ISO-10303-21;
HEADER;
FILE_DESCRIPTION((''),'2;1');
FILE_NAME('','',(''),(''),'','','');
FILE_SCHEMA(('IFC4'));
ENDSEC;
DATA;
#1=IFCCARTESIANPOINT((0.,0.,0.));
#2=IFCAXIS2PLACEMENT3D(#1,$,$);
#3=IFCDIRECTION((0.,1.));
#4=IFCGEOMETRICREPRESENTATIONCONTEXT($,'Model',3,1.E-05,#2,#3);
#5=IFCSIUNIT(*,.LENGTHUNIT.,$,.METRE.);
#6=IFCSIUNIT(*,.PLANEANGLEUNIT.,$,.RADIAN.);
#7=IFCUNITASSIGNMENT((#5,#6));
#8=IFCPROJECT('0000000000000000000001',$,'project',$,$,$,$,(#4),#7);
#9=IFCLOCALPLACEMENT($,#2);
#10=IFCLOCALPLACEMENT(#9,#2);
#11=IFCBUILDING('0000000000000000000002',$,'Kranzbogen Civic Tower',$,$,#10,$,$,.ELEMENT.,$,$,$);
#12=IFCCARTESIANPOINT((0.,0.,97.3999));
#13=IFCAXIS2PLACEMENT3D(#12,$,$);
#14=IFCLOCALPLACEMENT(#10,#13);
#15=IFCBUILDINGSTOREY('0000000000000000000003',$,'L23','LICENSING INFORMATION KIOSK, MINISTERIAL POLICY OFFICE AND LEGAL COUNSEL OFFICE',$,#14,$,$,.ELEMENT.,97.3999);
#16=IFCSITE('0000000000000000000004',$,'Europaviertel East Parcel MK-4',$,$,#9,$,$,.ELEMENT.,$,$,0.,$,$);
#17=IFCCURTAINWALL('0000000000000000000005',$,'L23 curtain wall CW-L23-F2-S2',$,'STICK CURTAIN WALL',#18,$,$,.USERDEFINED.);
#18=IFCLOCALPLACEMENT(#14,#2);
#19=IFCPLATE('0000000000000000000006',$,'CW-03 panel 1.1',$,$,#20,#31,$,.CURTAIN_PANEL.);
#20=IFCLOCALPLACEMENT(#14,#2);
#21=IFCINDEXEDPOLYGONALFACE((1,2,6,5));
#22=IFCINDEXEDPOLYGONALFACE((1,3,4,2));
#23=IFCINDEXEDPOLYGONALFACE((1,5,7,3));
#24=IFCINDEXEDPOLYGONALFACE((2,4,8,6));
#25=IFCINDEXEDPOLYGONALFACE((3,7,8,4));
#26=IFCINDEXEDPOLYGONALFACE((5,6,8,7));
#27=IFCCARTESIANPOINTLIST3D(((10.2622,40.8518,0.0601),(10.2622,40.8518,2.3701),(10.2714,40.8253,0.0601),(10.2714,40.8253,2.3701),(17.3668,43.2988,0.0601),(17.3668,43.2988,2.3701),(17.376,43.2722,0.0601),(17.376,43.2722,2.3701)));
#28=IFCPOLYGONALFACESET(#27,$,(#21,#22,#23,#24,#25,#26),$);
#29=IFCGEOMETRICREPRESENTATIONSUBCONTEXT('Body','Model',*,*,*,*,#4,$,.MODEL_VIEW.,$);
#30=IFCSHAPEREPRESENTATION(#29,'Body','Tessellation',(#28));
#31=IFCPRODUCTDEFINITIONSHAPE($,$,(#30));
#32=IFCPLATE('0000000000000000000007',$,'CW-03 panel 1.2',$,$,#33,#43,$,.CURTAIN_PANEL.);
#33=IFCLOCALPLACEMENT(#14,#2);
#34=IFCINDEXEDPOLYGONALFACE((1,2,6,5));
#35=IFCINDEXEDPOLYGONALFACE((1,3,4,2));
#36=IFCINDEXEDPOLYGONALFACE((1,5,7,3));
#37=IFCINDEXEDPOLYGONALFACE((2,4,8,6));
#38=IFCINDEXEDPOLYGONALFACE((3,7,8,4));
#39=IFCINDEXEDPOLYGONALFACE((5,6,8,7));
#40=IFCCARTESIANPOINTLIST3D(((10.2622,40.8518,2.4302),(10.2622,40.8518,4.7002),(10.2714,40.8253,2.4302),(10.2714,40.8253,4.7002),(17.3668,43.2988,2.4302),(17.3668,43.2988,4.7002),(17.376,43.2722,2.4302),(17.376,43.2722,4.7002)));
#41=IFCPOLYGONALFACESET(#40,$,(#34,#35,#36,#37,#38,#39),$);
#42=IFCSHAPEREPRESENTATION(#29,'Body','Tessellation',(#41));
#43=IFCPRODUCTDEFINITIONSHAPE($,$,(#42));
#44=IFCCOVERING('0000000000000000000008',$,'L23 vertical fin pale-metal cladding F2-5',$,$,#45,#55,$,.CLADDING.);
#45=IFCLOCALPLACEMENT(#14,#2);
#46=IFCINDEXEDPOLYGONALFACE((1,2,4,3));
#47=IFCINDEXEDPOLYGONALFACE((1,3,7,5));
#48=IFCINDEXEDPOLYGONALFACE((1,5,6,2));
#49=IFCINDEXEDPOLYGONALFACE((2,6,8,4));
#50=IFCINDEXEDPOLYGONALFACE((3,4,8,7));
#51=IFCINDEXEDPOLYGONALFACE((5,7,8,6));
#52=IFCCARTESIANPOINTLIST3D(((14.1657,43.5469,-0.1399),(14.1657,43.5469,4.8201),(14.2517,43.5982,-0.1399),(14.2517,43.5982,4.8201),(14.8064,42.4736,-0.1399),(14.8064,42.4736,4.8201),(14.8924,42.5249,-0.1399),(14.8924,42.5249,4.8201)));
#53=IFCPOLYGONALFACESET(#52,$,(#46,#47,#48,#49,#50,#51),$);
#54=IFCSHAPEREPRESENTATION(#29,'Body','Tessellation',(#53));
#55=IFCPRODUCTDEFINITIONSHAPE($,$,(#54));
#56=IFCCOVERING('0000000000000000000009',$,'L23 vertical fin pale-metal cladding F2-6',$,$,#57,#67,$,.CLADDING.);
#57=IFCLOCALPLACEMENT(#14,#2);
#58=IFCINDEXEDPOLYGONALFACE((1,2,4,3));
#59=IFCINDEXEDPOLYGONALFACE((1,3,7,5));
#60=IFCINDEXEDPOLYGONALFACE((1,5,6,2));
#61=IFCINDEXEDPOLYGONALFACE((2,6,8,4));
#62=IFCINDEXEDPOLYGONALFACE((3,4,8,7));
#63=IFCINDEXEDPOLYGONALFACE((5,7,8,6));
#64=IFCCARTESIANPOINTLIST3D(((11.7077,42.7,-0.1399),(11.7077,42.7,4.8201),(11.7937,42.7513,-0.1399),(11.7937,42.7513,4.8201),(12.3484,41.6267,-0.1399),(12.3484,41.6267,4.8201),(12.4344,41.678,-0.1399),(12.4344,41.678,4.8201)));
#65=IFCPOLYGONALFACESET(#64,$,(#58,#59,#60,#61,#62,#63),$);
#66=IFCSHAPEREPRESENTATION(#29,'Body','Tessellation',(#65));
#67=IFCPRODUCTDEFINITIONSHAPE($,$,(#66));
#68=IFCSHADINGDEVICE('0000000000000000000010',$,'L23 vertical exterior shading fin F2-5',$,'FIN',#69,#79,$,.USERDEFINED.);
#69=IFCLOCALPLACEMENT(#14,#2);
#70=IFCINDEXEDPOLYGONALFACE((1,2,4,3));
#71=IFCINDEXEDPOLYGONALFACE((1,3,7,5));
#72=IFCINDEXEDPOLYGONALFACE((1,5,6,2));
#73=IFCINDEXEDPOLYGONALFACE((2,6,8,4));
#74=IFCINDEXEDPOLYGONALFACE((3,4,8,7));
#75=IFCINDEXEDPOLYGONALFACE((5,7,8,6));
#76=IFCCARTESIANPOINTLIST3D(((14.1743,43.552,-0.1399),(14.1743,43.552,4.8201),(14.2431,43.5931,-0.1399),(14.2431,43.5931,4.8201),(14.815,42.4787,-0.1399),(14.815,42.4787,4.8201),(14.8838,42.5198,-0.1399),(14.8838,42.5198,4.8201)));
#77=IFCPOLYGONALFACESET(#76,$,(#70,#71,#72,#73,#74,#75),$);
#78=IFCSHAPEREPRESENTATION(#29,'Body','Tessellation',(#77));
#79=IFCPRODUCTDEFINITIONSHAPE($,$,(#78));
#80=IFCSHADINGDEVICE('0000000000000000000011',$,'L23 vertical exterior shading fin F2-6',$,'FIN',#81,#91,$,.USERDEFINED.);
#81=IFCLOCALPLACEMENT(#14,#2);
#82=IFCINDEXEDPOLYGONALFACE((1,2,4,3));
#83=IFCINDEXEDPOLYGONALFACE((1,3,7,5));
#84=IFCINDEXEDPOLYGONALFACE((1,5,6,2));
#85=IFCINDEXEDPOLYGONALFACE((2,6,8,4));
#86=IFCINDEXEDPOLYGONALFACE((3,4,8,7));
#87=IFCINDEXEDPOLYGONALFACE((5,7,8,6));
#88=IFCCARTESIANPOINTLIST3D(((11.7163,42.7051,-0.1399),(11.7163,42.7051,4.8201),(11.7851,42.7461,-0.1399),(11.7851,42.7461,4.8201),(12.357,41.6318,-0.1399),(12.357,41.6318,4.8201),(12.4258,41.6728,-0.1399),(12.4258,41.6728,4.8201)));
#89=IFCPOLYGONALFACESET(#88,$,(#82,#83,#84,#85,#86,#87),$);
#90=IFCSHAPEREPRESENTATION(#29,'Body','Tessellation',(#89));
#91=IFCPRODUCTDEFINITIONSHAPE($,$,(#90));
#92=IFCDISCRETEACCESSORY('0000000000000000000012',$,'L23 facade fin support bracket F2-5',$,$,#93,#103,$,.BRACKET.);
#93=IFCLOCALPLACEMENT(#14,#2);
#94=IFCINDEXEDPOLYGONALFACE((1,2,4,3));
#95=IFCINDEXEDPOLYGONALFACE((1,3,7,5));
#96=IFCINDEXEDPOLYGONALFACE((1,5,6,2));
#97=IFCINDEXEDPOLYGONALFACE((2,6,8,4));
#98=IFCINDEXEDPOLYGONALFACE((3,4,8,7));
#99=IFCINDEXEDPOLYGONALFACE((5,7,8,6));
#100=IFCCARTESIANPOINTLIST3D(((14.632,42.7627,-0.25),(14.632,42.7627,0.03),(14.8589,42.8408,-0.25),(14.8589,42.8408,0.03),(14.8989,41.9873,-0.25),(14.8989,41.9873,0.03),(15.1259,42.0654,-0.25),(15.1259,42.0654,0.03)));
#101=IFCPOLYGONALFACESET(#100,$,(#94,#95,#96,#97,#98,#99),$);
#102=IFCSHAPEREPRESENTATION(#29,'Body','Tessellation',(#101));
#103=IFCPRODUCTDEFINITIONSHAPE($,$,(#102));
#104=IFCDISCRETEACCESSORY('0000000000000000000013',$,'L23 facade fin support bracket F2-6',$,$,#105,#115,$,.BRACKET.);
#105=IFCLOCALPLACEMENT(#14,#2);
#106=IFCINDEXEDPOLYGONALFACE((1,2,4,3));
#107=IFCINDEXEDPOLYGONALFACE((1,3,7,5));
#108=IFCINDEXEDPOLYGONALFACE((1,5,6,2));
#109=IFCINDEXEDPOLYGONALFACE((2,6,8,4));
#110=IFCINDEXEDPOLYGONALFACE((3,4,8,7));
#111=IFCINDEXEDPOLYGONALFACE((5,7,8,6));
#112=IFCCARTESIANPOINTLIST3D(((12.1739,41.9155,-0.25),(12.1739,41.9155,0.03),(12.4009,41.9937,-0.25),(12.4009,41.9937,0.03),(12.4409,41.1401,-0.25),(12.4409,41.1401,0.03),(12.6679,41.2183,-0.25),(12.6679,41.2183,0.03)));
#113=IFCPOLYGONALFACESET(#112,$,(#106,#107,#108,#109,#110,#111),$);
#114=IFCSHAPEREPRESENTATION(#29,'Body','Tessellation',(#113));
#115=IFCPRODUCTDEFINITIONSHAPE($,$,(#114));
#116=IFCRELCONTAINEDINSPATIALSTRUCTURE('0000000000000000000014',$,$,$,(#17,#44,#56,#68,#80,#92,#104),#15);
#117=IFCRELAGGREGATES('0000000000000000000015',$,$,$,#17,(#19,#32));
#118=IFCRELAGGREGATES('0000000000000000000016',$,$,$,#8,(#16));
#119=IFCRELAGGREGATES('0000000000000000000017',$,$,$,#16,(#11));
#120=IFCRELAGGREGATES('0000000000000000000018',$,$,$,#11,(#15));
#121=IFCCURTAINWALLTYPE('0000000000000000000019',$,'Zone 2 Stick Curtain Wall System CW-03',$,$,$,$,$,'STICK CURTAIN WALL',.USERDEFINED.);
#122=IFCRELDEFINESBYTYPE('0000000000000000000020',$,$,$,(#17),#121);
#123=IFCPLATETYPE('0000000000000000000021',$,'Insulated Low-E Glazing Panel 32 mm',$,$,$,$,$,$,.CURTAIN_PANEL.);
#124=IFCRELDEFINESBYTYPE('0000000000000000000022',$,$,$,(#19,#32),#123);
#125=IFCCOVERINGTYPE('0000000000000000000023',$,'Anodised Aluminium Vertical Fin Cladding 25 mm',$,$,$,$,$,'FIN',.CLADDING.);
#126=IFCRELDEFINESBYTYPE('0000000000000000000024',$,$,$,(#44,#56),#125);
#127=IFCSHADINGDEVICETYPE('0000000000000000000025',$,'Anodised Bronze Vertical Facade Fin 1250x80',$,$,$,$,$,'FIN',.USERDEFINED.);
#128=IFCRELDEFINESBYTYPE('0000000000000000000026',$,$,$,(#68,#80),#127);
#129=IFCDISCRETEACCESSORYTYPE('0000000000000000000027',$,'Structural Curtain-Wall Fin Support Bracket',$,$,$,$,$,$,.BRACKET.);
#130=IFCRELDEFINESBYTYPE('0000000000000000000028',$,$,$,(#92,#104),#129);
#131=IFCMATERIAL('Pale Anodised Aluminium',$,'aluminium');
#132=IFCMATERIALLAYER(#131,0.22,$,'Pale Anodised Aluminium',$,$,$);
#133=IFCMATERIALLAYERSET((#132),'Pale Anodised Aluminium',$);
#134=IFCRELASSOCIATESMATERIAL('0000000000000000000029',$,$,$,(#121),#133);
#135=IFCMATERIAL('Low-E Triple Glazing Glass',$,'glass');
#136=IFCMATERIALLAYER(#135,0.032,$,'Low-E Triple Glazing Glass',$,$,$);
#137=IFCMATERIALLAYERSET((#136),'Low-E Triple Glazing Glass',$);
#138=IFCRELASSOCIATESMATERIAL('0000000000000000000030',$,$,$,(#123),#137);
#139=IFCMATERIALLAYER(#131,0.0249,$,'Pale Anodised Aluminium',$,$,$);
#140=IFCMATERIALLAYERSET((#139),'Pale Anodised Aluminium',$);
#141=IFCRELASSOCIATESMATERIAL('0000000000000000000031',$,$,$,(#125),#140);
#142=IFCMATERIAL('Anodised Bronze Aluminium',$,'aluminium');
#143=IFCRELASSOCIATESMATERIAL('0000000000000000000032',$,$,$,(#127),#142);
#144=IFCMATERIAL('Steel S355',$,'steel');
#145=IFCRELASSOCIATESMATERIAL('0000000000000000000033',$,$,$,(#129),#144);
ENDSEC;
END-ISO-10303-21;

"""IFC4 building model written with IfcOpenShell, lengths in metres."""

from ifc_helpers import new_model, si_unit, direction, frame, origin, origin_2d, place, context, subcontext, project, spatial, rectangle, extrude, material, layer, layer_set, type_object, element, aggregate, save


model = new_model("IFC4")

# Units and contexts
model_context = context("Model", 3, precision=1e-05, world=origin(), true_north=direction((0.0, 1.0)))
body_context = subcontext(model_context, "Body", "Model", "MODEL_VIEW")
ifc_project = project(units=[si_unit("LENGTHUNIT", "METRE"), si_unit("PLANEANGLEUNIT", "RADIAN")], contexts=[model_context])

# Site, building, storey
site_placement = place(None, origin())
site = spatial("IfcSite", under=ifc_project, at=site_placement, Name="Europaviertel East Parcel MK-4", CompositionType="ELEMENT", RefElevation=0.0)
building_placement = place(site_placement, origin())
building = spatial("IfcBuilding", under=site, at=building_placement, Name="Kranzbogen Civic Tower", CompositionType="ELEMENT")
storey_placement = place(building_placement, frame((0.0, 0.0, 97.3999)))
storey = spatial("IfcBuildingStorey", under=building, at=storey_placement, Name="L23", Description="LICENSING INFORMATION KIOSK, MINISTERIAL POLICY OFFICE AND LEGAL COUNSEL OFFICE", CompositionType="ELEMENT", Elevation=97.3999)

# Curtain wall
ifc_material_1 = material(Name="Pale Anodised Aluminium", Category="aluminium")
ifc_layer_1 = layer(ifc_material_1, 0.22, Name="Pale Anodised Aluminium")
ifc_layer_set_1 = layer_set([ifc_layer_1], Name="Pale Anodised Aluminium")
curtain_wall_type_1 = type_object("IfcCurtainWallType", Name="Zone 2 Stick Curtain Wall System CW-03", ElementType="STICK CURTAIN WALL", PredefinedType="USERDEFINED", material=ifc_layer_set_1)
curtain_wall_1_placement = place(storey_placement, origin())
curtain_wall_1 = element("IfcCurtainWall", 1, at=curtain_wall_1_placement, inside=storey, type_object=curtain_wall_type_1, Name="L23 curtain wall CW-L23-F2-S2", ObjectType="STICK CURTAIN WALL", PredefinedType="USERDEFINED")

# Shared definitions
ifc_material_2 = material(Name="Steel S355", Category="steel")

# Plates
ifc_material_3 = material(Name="Low-E Triple Glazing Glass", Category="glass")
ifc_layer_2 = layer(ifc_material_3, 0.032, Name="Low-E Triple Glazing Glass")
ifc_layer_set_2 = layer_set([ifc_layer_2], Name="Low-E Triple Glazing Glass")
plate_type_1 = type_object("IfcPlateType", Name="Insulated Low-E Glazing Panel 32 mm", PredefinedType="CURTAIN_PANEL", material=ifc_layer_set_2)
plate_1_placement = place(storey_placement, frame((13.8191, 42.062, 0.0601), z_axis=(0.0, 0.0, 1.0), x_axis=(-0.945493, -0.325643, 0.0)))
plate_1 = element("IfcPlate", 2, at=plate_1_placement, type_object=plate_type_1, Name="CW-03 panel 1.1", PredefinedType="CURTAIN_PANEL", context=body_context, shape_type="SweptSolid", body=[
    extrude(rectangle(XDim=7.5142, YDim=0.0281, at=origin_2d()), origin(), (0.0, 0.0, 1.0), 2.3101),
])
plate_2_placement = place(storey_placement, frame((13.8191, 42.062, 2.4302), z_axis=(0.0, 0.0, 1.0), x_axis=(-0.945493, -0.325643, 0.0)))
plate_2 = element("IfcPlate", 3, at=plate_2_placement, type_object=plate_type_1, Name="CW-03 panel 1.2", PredefinedType="CURTAIN_PANEL", context=body_context, shape_type="SweptSolid", body=[
    extrude(rectangle(XDim=7.5142, YDim=0.0281, at=origin_2d()), origin(), (0.0, 0.0, 1.0), 2.27),
])
aggregate(curtain_wall_1, [plate_1, plate_2])

# Coverings
ifc_layer_3 = layer(ifc_material_1, 0.0249, Name="Pale Anodised Aluminium")
ifc_layer_set_3 = layer_set([ifc_layer_3], Name="Pale Anodised Aluminium")
covering_type = type_object("IfcCoveringType", Name="Anodised Aluminium Vertical Fin Cladding 25 mm", ElementType="FIN", PredefinedType="CLADDING", material=ifc_layer_set_3)
for number, where, z_axis, x_axis, name in (
    (4, (14.5291, 43.0359, -0.1399), (0.0, 0.0, 1.0), (-0.512582, 0.858638, 0.0), "L23 vertical fin pale-metal cladding F2-5"),
    (5, (12.071, 42.189, -0.1399), (0.0, 0.0, 1.0), (-0.512582, 0.858638, 0.0), "L23 vertical fin pale-metal cladding F2-6"),
):
    element("IfcCovering", number, at=place(storey_placement, frame(where, z_axis=z_axis, x_axis=x_axis)), inside=storey, type_object=covering_type, Name=name, PredefinedType="CLADDING", context=body_context, shape_type="SweptSolid", body=[
        extrude(rectangle(XDim=1.25, YDim=0.1001, at=origin_2d()), origin(), (0.0, 0.0, 1.0), 4.96),
    ])

# Shading devices
ifc_material_4 = material(Name="Anodised Bronze Aluminium", Category="aluminium")
shading_device_type = type_object("IfcShadingDeviceType", Name="Anodised Bronze Vertical Facade Fin 1250x80", ElementType="FIN", PredefinedType="USERDEFINED", material=ifc_material_4)
for number, where, z_axis, x_axis, name in (
    (6, (14.5291, 43.0359, -0.1399), (0.0, 0.0, 1.0), (-0.512582, 0.858638, 0.0), "L23 vertical exterior shading fin F2-5"),
    (7, (12.071, 42.189, -0.1399), (0.0, 0.0, 1.0), (-0.512582, 0.858638, 0.0), "L23 vertical exterior shading fin F2-6"),
):
    element("IfcShadingDevice", number, at=place(storey_placement, frame(where, z_axis=z_axis, x_axis=x_axis)), inside=storey, type_object=shading_device_type, Name=name, ObjectType="FIN", PredefinedType="USERDEFINED", context=body_context, shape_type="SweptSolid", body=[
        extrude(rectangle(XDim=1.25, YDim=0.0801, at=origin_2d()), origin(), (0.0, 0.0, 1.0), 4.96),
    ])

# Discrete accessories
discrete_accessory_type = type_object("IfcDiscreteAccessoryType", Name="Structural Curtain-Wall Fin Support Bracket", PredefinedType="BRACKET", material=ifc_material_2)
for number, where, z_axis, x_axis, name in (
    (8, (14.8789, 42.4141, -0.25), (0.0, 0.0, 1.0), (-0.325568, 0.945519, 0.0), "L23 facade fin support bracket F2-5"),
    (9, (12.4209, 41.5669, -0.25), (0.0, 0.0, 1.0), (-0.325568, 0.945519, 0.0), "L23 facade fin support bracket F2-6"),
):
    element("IfcDiscreteAccessory", number, at=place(storey_placement, frame(where, z_axis=z_axis, x_axis=x_axis)), inside=storey, type_object=discrete_accessory_type, Name=name, PredefinedType="BRACKET", context=body_context, shape_type="SweptSolid", body=[
        extrude(rectangle(XDim=0.8201, YDim=0.24, at=origin_2d()), origin(), (0.0, 0.0, 1.0), 0.28),
    ])

save(model, "model.ifc")
